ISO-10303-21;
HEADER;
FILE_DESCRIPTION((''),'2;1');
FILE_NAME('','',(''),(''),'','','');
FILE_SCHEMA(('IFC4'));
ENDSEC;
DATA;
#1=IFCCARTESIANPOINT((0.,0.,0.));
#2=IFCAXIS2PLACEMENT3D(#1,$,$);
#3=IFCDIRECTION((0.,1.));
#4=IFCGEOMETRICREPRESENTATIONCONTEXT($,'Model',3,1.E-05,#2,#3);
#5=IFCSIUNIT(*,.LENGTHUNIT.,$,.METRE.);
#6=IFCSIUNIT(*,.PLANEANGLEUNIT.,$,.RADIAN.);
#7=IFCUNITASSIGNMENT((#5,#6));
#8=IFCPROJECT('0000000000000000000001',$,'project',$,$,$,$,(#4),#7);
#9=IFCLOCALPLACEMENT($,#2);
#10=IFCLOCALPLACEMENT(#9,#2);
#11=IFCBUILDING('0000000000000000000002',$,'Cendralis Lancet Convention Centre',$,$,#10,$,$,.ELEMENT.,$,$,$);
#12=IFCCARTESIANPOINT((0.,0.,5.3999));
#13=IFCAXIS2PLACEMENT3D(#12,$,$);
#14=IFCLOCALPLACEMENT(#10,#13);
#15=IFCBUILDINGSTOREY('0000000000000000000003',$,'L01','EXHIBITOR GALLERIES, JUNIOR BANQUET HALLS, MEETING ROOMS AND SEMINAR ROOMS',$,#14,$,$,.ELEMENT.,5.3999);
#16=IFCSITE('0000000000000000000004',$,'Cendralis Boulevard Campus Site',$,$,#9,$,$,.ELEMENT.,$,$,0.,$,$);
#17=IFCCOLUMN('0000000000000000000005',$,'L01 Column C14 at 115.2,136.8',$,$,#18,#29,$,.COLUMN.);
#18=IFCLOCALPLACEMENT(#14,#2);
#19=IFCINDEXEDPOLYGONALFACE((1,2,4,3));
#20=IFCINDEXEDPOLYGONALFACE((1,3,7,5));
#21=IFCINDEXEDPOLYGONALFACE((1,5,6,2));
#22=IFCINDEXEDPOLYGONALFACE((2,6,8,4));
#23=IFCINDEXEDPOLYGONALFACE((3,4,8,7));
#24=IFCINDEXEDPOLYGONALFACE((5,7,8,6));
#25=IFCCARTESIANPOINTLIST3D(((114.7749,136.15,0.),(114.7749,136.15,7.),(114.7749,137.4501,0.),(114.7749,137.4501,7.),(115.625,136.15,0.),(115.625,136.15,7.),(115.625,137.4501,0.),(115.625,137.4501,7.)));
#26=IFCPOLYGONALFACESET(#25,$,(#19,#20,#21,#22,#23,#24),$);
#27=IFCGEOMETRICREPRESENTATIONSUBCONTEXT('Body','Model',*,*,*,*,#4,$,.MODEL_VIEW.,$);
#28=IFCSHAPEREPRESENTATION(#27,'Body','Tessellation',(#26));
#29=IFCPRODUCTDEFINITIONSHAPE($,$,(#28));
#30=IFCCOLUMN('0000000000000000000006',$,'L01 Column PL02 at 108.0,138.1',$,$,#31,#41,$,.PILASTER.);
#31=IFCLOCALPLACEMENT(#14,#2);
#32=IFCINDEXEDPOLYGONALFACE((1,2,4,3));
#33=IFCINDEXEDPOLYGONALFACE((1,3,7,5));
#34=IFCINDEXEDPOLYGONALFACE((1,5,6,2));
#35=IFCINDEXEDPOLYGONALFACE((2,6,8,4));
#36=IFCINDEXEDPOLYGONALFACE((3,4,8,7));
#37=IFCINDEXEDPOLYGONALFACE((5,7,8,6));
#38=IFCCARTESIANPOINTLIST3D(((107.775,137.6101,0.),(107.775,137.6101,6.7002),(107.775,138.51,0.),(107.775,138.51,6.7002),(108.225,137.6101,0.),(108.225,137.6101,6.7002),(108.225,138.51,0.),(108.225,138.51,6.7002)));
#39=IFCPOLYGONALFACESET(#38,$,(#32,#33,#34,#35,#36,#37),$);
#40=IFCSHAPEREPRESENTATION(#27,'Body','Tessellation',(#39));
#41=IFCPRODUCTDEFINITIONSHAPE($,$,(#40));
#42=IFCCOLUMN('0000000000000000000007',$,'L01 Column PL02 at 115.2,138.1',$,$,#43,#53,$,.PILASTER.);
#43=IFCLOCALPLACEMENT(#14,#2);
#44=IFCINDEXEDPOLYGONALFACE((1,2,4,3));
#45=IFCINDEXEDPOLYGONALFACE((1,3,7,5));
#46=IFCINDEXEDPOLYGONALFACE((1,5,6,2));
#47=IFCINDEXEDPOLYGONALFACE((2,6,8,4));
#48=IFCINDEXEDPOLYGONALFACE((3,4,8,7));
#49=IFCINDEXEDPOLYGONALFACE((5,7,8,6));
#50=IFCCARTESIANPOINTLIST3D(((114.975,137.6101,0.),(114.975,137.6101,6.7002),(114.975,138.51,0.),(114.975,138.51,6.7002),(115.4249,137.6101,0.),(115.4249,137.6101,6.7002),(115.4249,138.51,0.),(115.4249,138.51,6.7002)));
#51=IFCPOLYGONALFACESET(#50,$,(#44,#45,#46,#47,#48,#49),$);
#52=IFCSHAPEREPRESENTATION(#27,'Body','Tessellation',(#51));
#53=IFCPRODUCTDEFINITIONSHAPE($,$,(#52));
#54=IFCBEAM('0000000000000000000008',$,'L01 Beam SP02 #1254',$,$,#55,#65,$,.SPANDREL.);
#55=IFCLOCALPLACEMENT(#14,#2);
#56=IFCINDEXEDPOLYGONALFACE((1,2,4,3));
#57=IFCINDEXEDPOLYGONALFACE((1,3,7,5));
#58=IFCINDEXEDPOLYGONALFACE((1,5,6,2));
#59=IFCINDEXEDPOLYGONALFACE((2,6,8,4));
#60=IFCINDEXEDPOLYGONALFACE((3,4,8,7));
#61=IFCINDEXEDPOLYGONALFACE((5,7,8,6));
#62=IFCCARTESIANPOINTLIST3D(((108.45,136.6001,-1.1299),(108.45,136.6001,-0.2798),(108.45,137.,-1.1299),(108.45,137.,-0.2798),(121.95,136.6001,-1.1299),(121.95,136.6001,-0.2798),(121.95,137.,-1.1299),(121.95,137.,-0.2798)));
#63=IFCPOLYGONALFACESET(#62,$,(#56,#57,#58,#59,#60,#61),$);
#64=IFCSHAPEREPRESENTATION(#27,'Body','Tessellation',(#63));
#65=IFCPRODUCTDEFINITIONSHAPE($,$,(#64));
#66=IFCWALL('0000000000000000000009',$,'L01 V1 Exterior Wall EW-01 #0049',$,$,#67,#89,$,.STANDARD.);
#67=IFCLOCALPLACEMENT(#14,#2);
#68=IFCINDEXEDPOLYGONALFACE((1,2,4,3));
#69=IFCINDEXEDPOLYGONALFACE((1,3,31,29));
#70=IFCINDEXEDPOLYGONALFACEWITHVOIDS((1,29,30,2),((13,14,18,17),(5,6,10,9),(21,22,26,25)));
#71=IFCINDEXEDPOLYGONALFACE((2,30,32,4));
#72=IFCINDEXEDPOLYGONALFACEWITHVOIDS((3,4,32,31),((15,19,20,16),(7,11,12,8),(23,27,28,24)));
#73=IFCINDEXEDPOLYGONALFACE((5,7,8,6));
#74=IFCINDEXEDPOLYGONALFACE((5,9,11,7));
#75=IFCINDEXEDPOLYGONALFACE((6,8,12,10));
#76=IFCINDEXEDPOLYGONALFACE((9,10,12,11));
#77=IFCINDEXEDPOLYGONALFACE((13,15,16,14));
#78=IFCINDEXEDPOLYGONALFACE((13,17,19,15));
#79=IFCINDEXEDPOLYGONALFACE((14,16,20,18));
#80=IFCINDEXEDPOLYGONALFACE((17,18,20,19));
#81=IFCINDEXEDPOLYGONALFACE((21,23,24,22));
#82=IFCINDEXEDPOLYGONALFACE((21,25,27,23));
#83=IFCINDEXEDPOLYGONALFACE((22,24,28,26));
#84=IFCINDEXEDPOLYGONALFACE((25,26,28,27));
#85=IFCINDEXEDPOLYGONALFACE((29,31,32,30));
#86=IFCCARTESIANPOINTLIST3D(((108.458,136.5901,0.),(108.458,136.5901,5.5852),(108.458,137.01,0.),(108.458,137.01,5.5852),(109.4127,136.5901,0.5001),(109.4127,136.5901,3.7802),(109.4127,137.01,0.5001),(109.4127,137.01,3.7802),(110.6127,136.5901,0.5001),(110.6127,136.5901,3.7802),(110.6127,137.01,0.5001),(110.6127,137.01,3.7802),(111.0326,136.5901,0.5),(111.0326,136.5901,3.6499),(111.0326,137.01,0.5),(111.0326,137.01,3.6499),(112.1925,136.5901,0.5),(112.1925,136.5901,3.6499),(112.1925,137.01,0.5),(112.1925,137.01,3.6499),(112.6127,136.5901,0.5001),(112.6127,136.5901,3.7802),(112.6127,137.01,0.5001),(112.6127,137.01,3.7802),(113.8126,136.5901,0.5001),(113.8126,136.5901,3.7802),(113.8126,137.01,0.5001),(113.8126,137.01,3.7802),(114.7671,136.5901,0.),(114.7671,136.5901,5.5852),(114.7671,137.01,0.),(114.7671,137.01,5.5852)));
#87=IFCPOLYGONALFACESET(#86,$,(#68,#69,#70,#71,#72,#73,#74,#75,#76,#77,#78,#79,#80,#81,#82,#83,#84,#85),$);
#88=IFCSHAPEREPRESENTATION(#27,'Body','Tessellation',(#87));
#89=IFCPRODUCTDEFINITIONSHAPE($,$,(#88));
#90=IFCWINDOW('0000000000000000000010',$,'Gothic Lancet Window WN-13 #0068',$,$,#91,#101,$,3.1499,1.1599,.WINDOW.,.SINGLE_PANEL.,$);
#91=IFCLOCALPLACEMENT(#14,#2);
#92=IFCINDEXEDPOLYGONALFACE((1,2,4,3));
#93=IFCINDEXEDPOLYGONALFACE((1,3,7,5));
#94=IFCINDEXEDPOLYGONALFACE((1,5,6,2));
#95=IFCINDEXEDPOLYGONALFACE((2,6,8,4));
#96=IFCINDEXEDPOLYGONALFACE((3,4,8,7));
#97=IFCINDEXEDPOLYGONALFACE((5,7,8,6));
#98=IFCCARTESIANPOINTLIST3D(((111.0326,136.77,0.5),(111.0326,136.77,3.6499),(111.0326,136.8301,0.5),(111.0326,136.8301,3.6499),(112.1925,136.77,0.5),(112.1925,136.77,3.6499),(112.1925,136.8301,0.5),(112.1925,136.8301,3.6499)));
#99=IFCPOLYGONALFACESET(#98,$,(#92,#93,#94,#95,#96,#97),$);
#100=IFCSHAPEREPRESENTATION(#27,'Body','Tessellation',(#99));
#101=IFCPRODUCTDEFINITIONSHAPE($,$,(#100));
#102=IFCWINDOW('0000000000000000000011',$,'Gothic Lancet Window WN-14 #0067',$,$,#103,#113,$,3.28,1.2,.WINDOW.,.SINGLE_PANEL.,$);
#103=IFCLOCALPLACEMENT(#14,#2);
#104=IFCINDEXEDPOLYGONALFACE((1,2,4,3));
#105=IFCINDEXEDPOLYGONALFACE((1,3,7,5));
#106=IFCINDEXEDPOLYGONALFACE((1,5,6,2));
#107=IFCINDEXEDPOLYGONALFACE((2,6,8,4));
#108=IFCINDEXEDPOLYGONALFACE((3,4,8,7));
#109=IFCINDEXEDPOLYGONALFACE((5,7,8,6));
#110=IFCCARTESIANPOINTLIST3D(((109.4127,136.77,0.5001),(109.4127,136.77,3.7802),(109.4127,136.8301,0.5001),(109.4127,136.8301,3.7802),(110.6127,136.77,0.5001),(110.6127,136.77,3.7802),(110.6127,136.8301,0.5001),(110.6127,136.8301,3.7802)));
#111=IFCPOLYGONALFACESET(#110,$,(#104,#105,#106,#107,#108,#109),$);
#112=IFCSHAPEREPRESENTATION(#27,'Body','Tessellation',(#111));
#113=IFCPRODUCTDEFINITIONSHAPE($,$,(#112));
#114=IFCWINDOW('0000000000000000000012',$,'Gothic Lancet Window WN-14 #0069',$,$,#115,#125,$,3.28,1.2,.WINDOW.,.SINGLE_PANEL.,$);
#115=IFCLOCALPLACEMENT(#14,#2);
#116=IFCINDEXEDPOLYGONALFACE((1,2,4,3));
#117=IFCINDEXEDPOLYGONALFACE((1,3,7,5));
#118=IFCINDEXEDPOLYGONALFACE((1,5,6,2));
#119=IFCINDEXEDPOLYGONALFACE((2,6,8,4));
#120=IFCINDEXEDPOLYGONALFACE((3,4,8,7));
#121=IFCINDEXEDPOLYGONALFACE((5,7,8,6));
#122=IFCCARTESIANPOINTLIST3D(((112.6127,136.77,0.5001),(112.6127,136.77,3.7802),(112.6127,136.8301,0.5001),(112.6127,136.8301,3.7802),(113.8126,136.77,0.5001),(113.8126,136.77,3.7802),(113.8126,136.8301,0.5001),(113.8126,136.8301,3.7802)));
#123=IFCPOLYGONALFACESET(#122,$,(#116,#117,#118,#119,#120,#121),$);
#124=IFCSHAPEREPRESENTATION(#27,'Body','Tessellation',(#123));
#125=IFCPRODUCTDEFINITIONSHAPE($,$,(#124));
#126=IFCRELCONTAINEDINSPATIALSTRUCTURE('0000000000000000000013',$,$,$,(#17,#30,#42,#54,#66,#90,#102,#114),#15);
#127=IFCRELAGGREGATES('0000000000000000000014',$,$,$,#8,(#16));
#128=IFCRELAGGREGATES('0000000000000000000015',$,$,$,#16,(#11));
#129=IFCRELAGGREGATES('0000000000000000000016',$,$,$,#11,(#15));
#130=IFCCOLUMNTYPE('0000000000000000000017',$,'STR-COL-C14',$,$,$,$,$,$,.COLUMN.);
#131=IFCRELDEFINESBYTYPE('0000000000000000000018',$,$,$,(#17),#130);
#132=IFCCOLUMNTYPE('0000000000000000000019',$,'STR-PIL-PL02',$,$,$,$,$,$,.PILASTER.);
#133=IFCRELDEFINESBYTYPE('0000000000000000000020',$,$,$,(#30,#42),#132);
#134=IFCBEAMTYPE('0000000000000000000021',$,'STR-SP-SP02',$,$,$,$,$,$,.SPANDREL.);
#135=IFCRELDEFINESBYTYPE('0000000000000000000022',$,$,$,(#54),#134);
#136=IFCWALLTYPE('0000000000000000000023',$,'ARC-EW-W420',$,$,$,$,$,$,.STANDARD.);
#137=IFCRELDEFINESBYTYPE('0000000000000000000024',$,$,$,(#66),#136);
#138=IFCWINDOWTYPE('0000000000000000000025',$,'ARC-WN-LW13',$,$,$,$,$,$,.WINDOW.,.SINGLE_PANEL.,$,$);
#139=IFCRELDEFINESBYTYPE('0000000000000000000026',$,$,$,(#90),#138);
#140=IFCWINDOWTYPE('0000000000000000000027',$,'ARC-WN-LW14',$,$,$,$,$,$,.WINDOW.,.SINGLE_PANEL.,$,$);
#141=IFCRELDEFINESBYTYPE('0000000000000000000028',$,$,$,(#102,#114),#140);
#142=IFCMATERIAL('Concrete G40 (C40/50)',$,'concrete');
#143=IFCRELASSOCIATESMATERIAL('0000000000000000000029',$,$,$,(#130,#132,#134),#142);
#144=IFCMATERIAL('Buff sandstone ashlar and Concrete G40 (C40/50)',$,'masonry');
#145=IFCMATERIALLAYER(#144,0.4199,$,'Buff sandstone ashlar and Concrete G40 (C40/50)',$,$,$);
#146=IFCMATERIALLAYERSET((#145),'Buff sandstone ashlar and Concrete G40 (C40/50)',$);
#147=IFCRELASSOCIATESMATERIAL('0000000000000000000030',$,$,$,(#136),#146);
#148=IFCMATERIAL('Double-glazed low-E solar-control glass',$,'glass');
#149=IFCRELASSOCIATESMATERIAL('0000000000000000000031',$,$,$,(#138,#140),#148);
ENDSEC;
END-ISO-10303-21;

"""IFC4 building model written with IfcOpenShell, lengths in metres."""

from ifc_helpers import new_model, si_unit, direction, frame, frame_2d, origin, origin_2d, place, context, subcontext, project, spatial, rectangle, extrude, material, layer, layer_set, material_profile, profile_set, type_object, element, fill, save


model = new_model("IFC4")

# Units and contexts
model_context = context("Model", 3, precision=1e-05, world=origin(), true_north=direction((0.0, 1.0)))
body_context = subcontext(model_context, "Body", "Model", "MODEL_VIEW")
ifc_project = project(units=[si_unit("LENGTHUNIT", "METRE"), si_unit("PLANEANGLEUNIT", "RADIAN")], contexts=[model_context])

# Site, building, storey
site_placement = place(None, origin())
site = spatial("IfcSite", under=ifc_project, at=site_placement, Name="Cendralis Boulevard Campus Site", CompositionType="ELEMENT", RefElevation=0.0)
building_placement = place(site_placement, origin())
building = spatial("IfcBuilding", under=site, at=building_placement, Name="Cendralis Lancet Convention Centre", CompositionType="ELEMENT")
storey_placement = place(building_placement, frame((0.0, 0.0, 5.3999)))
storey = spatial("IfcBuildingStorey", under=building, at=storey_placement, Name="L01", Description="EXHIBITOR GALLERIES, JUNIOR BANQUET HALLS, MEETING ROOMS AND SEMINAR ROOMS", CompositionType="ELEMENT", Elevation=5.3999)

# Columns
ifc_material_1 = material(Name="Concrete G40 (C40/50)", Category="concrete")
ifc_material_profile_1 = material_profile(ifc_material_1, rectangle(XDim=0.8501, YDim=1.3, at=origin_2d()), Name="RC 850x1300")
ifc_profile_set_1 = profile_set([ifc_material_profile_1], Name="Concrete G40 (C40/50)")
column_type_1 = type_object("IfcColumnType", Name="STR-COL-C14", PredefinedType="COLUMN", material=ifc_profile_set_1)
column_placement = place(storey_placement, frame((115.2, 136.8, 0.0), z_axis=(0.0, 0.0, 1.0), x_axis=(1.0, 0.0, 0.0)))
element("IfcColumn", 1, at=column_placement, inside=storey, type_object=column_type_1, Name="L01 Column C14 at 115.2,136.8", PredefinedType="COLUMN", context=body_context, shape_type="SweptSolid", body=[
    extrude(rectangle(XDim=0.8501, YDim=1.3, at=origin_2d()), origin(), (0.0, 0.0, 1.0), 7.0),
])
ifc_material_profile_2 = material_profile(ifc_material_1, rectangle(XDim=0.45, YDim=0.8999, at=origin_2d()), Name="RC 450x900")
ifc_profile_set_2 = profile_set([ifc_material_profile_2], Name="Concrete G40 (C40/50)")
column_type_2 = type_object("IfcColumnType", Name="STR-PIL-PL02", PredefinedType="PILASTER", material=ifc_profile_set_2)
for number, where, z_axis, x_axis, name in (
    (2, (108.0, 138.0601, 0.0), (0.0, 0.0, 1.0), (1.0, 0.0, 0.0), "L01 Column PL02 at 108.0,138.1"),
    (3, (115.2, 138.0601, 0.0), (0.0, 0.0, 1.0), (1.0, 0.0, 0.0), "L01 Column PL02 at 115.2,138.1"),
):
    element("IfcColumn", number, at=place(storey_placement, frame(where, z_axis=z_axis, x_axis=x_axis)), inside=storey, type_object=column_type_2, Name=name, PredefinedType="PILASTER", context=body_context, shape_type="SweptSolid", body=[
        extrude(rectangle(XDim=0.45, YDim=0.8999, at=origin_2d()), origin(), (0.0, 0.0, 1.0), 6.7002),
    ])

# Beam
ifc_material_profile_3 = material_profile(ifc_material_1, rectangle(XDim=0.3999, YDim=0.8501, at=origin_2d()), Name="RCB 400x850")
ifc_profile_set_3 = profile_set([ifc_material_profile_3], Name="Concrete G40 (C40/50)")
beam_type = type_object("IfcBeamType", Name="STR-SP-SP02", PredefinedType="SPANDREL", material=ifc_profile_set_3)
beam_placement = place(storey_placement, frame((108.45, 136.8, -0.7048), z_axis=(1.0, 0.0, 0.0), x_axis=(0.0, 1.0, 0.0)))
element("IfcBeam", 4, at=beam_placement, inside=storey, type_object=beam_type, Name="L01 Beam SP02 #1254", PredefinedType="SPANDREL", context=body_context, shape_type="SweptSolid", body=[
    extrude(rectangle(XDim=0.3999, YDim=0.8501, at=origin_2d()), origin(), (0.0, 0.0, 1.0), 13.5),
])

# Wall, openings, windows
ifc_material_2 = material(Name="Buff sandstone ashlar and Concrete G40 (C40/50)", Category="masonry")
ifc_layer_1 = layer(ifc_material_2, 0.4199, Name="Buff sandstone ashlar and Concrete G40 (C40/50)")
ifc_layer_set_1 = layer_set([ifc_layer_1], Name="Buff sandstone ashlar and Concrete G40 (C40/50)")
wall_type_1 = type_object("IfcWallType", Name="ARC-EW-W420", PredefinedType="STANDARD", material=ifc_layer_set_1)
wall_1_placement = place(storey_placement, frame((108.458, 136.8, 0.0), z_axis=(0.0, 0.0, 1.0), x_axis=(1.0, 0.0, 0.0)))
wall_1 = element("IfcWall", 5, at=wall_1_placement, inside=storey, type_object=wall_type_1, Name="L01 V1 Exterior Wall EW-01 #0049", PredefinedType="STANDARD", context=body_context, shape_type="SweptSolid", body=[
    extrude(rectangle(XDim=6.3091, YDim=0.4199, at=frame_2d((3.1545, 0.0))), origin(), (0.0, 0.0, 1.0), 5.5852),
])
opening_1_placement = place(wall_1_placement, frame((0.9546, 0.0, 0.5)))
opening_1 = element("IfcOpeningElement", 6, at=opening_1_placement, cuts=wall_1, PredefinedType="OPENING", context=body_context, shape_type="SweptSolid", body=[
    extrude(rectangle(XDim=1.2, YDim=3.28, at=frame_2d((0.6001, 1.6401))), frame((0.0, 0.22, 0.0), z_axis=(0.0, -1.0, 0.0), x_axis=(1.0, 0.0, 0.0)), (0.0, 0.0, 1.0), 0.4399),
])
opening_2_placement = place(wall_1_placement, frame((2.5745, 0.0, 0.5)))
opening_2 = element("IfcOpeningElement", 7, at=opening_2_placement, cuts=wall_1, PredefinedType="OPENING", context=body_context, shape_type="SweptSolid", body=[
    extrude(rectangle(XDim=1.1599, YDim=3.1499, at=frame_2d((0.5801, 1.575))), frame((0.0, 0.22, 0.0), z_axis=(0.0, -1.0, 0.0), x_axis=(1.0, 0.0, 0.0)), (0.0, 0.0, 1.0), 0.4399),
])
opening_3_placement = place(wall_1_placement, frame((4.1545, 0.0, 0.5)))
opening_3 = element("IfcOpeningElement", 8, at=opening_3_placement, cuts=wall_1, PredefinedType="OPENING", context=body_context, shape_type="SweptSolid", body=[
    extrude(rectangle(XDim=1.2, YDim=3.28, at=frame_2d((0.6001, 1.6401))), frame((0.0, 0.22, 0.0), z_axis=(0.0, -1.0, 0.0), x_axis=(1.0, 0.0, 0.0)), (0.0, 0.0, 1.0), 0.4399),
])
ifc_material_3 = material(Name="Double-glazed low-E solar-control glass", Category="glass")
window_type_1 = type_object("IfcWindowType", Name="ARC-WN-LW13", PartitioningType="SINGLE_PANEL", PredefinedType="WINDOW", material=ifc_material_3)
window_1_placement = place(opening_2_placement, origin())
window_1 = element("IfcWindow", 9, at=window_1_placement, inside=storey, type_object=window_type_1, Name="Gothic Lancet Window WN-13 #0068", OverallHeight=3.1499, OverallWidth=1.1599, PartitioningType="SINGLE_PANEL", PredefinedType="WINDOW", context=body_context, shape_type="SweptSolid", body=[
    extrude(rectangle(XDim=1.1599, YDim=3.1499, at=frame_2d((0.5801, 1.575))), frame((0.0, 0.03, 0.0), z_axis=(0.0, -1.0, 0.0), x_axis=(1.0, 0.0, 0.0)), (0.0, 0.0, 1.0), 0.0601),
])
fill(opening_2, window_1)
window_type_2 = type_object("IfcWindowType", Name="ARC-WN-LW14", PartitioningType="SINGLE_PANEL", PredefinedType="WINDOW", material=ifc_material_3)
window_2_placement = place(opening_1_placement, origin())
window_2 = element("IfcWindow", 10, at=window_2_placement, inside=storey, type_object=window_type_2, Name="Gothic Lancet Window WN-14 #0067", OverallHeight=3.28, OverallWidth=1.2, PartitioningType="SINGLE_PANEL", PredefinedType="WINDOW", context=body_context, shape_type="SweptSolid", body=[
    extrude(rectangle(XDim=1.2, YDim=3.28, at=frame_2d((0.6001, 1.6401))), frame((0.0, 0.03, 0.0), z_axis=(0.0, -1.0, 0.0), x_axis=(1.0, 0.0, 0.0)), (0.0, 0.0, 1.0), 0.0601),
])
fill(opening_1, window_2)
window_3_placement = place(opening_3_placement, origin())
window_3 = element("IfcWindow", 11, at=window_3_placement, inside=storey, type_object=window_type_2, Name="Gothic Lancet Window WN-14 #0069", OverallHeight=3.28, OverallWidth=1.2, PartitioningType="SINGLE_PANEL", PredefinedType="WINDOW", context=body_context, shape_type="SweptSolid", body=[
    extrude(rectangle(XDim=1.2, YDim=3.28, at=frame_2d((0.6001, 1.6401))), frame((0.0, 0.03, 0.0), z_axis=(0.0, -1.0, 0.0), x_axis=(1.0, 0.0, 0.0)), (0.0, 0.0, 1.0), 0.0601),
])
fill(opening_3, window_3)

save(model, "model.ifc")
